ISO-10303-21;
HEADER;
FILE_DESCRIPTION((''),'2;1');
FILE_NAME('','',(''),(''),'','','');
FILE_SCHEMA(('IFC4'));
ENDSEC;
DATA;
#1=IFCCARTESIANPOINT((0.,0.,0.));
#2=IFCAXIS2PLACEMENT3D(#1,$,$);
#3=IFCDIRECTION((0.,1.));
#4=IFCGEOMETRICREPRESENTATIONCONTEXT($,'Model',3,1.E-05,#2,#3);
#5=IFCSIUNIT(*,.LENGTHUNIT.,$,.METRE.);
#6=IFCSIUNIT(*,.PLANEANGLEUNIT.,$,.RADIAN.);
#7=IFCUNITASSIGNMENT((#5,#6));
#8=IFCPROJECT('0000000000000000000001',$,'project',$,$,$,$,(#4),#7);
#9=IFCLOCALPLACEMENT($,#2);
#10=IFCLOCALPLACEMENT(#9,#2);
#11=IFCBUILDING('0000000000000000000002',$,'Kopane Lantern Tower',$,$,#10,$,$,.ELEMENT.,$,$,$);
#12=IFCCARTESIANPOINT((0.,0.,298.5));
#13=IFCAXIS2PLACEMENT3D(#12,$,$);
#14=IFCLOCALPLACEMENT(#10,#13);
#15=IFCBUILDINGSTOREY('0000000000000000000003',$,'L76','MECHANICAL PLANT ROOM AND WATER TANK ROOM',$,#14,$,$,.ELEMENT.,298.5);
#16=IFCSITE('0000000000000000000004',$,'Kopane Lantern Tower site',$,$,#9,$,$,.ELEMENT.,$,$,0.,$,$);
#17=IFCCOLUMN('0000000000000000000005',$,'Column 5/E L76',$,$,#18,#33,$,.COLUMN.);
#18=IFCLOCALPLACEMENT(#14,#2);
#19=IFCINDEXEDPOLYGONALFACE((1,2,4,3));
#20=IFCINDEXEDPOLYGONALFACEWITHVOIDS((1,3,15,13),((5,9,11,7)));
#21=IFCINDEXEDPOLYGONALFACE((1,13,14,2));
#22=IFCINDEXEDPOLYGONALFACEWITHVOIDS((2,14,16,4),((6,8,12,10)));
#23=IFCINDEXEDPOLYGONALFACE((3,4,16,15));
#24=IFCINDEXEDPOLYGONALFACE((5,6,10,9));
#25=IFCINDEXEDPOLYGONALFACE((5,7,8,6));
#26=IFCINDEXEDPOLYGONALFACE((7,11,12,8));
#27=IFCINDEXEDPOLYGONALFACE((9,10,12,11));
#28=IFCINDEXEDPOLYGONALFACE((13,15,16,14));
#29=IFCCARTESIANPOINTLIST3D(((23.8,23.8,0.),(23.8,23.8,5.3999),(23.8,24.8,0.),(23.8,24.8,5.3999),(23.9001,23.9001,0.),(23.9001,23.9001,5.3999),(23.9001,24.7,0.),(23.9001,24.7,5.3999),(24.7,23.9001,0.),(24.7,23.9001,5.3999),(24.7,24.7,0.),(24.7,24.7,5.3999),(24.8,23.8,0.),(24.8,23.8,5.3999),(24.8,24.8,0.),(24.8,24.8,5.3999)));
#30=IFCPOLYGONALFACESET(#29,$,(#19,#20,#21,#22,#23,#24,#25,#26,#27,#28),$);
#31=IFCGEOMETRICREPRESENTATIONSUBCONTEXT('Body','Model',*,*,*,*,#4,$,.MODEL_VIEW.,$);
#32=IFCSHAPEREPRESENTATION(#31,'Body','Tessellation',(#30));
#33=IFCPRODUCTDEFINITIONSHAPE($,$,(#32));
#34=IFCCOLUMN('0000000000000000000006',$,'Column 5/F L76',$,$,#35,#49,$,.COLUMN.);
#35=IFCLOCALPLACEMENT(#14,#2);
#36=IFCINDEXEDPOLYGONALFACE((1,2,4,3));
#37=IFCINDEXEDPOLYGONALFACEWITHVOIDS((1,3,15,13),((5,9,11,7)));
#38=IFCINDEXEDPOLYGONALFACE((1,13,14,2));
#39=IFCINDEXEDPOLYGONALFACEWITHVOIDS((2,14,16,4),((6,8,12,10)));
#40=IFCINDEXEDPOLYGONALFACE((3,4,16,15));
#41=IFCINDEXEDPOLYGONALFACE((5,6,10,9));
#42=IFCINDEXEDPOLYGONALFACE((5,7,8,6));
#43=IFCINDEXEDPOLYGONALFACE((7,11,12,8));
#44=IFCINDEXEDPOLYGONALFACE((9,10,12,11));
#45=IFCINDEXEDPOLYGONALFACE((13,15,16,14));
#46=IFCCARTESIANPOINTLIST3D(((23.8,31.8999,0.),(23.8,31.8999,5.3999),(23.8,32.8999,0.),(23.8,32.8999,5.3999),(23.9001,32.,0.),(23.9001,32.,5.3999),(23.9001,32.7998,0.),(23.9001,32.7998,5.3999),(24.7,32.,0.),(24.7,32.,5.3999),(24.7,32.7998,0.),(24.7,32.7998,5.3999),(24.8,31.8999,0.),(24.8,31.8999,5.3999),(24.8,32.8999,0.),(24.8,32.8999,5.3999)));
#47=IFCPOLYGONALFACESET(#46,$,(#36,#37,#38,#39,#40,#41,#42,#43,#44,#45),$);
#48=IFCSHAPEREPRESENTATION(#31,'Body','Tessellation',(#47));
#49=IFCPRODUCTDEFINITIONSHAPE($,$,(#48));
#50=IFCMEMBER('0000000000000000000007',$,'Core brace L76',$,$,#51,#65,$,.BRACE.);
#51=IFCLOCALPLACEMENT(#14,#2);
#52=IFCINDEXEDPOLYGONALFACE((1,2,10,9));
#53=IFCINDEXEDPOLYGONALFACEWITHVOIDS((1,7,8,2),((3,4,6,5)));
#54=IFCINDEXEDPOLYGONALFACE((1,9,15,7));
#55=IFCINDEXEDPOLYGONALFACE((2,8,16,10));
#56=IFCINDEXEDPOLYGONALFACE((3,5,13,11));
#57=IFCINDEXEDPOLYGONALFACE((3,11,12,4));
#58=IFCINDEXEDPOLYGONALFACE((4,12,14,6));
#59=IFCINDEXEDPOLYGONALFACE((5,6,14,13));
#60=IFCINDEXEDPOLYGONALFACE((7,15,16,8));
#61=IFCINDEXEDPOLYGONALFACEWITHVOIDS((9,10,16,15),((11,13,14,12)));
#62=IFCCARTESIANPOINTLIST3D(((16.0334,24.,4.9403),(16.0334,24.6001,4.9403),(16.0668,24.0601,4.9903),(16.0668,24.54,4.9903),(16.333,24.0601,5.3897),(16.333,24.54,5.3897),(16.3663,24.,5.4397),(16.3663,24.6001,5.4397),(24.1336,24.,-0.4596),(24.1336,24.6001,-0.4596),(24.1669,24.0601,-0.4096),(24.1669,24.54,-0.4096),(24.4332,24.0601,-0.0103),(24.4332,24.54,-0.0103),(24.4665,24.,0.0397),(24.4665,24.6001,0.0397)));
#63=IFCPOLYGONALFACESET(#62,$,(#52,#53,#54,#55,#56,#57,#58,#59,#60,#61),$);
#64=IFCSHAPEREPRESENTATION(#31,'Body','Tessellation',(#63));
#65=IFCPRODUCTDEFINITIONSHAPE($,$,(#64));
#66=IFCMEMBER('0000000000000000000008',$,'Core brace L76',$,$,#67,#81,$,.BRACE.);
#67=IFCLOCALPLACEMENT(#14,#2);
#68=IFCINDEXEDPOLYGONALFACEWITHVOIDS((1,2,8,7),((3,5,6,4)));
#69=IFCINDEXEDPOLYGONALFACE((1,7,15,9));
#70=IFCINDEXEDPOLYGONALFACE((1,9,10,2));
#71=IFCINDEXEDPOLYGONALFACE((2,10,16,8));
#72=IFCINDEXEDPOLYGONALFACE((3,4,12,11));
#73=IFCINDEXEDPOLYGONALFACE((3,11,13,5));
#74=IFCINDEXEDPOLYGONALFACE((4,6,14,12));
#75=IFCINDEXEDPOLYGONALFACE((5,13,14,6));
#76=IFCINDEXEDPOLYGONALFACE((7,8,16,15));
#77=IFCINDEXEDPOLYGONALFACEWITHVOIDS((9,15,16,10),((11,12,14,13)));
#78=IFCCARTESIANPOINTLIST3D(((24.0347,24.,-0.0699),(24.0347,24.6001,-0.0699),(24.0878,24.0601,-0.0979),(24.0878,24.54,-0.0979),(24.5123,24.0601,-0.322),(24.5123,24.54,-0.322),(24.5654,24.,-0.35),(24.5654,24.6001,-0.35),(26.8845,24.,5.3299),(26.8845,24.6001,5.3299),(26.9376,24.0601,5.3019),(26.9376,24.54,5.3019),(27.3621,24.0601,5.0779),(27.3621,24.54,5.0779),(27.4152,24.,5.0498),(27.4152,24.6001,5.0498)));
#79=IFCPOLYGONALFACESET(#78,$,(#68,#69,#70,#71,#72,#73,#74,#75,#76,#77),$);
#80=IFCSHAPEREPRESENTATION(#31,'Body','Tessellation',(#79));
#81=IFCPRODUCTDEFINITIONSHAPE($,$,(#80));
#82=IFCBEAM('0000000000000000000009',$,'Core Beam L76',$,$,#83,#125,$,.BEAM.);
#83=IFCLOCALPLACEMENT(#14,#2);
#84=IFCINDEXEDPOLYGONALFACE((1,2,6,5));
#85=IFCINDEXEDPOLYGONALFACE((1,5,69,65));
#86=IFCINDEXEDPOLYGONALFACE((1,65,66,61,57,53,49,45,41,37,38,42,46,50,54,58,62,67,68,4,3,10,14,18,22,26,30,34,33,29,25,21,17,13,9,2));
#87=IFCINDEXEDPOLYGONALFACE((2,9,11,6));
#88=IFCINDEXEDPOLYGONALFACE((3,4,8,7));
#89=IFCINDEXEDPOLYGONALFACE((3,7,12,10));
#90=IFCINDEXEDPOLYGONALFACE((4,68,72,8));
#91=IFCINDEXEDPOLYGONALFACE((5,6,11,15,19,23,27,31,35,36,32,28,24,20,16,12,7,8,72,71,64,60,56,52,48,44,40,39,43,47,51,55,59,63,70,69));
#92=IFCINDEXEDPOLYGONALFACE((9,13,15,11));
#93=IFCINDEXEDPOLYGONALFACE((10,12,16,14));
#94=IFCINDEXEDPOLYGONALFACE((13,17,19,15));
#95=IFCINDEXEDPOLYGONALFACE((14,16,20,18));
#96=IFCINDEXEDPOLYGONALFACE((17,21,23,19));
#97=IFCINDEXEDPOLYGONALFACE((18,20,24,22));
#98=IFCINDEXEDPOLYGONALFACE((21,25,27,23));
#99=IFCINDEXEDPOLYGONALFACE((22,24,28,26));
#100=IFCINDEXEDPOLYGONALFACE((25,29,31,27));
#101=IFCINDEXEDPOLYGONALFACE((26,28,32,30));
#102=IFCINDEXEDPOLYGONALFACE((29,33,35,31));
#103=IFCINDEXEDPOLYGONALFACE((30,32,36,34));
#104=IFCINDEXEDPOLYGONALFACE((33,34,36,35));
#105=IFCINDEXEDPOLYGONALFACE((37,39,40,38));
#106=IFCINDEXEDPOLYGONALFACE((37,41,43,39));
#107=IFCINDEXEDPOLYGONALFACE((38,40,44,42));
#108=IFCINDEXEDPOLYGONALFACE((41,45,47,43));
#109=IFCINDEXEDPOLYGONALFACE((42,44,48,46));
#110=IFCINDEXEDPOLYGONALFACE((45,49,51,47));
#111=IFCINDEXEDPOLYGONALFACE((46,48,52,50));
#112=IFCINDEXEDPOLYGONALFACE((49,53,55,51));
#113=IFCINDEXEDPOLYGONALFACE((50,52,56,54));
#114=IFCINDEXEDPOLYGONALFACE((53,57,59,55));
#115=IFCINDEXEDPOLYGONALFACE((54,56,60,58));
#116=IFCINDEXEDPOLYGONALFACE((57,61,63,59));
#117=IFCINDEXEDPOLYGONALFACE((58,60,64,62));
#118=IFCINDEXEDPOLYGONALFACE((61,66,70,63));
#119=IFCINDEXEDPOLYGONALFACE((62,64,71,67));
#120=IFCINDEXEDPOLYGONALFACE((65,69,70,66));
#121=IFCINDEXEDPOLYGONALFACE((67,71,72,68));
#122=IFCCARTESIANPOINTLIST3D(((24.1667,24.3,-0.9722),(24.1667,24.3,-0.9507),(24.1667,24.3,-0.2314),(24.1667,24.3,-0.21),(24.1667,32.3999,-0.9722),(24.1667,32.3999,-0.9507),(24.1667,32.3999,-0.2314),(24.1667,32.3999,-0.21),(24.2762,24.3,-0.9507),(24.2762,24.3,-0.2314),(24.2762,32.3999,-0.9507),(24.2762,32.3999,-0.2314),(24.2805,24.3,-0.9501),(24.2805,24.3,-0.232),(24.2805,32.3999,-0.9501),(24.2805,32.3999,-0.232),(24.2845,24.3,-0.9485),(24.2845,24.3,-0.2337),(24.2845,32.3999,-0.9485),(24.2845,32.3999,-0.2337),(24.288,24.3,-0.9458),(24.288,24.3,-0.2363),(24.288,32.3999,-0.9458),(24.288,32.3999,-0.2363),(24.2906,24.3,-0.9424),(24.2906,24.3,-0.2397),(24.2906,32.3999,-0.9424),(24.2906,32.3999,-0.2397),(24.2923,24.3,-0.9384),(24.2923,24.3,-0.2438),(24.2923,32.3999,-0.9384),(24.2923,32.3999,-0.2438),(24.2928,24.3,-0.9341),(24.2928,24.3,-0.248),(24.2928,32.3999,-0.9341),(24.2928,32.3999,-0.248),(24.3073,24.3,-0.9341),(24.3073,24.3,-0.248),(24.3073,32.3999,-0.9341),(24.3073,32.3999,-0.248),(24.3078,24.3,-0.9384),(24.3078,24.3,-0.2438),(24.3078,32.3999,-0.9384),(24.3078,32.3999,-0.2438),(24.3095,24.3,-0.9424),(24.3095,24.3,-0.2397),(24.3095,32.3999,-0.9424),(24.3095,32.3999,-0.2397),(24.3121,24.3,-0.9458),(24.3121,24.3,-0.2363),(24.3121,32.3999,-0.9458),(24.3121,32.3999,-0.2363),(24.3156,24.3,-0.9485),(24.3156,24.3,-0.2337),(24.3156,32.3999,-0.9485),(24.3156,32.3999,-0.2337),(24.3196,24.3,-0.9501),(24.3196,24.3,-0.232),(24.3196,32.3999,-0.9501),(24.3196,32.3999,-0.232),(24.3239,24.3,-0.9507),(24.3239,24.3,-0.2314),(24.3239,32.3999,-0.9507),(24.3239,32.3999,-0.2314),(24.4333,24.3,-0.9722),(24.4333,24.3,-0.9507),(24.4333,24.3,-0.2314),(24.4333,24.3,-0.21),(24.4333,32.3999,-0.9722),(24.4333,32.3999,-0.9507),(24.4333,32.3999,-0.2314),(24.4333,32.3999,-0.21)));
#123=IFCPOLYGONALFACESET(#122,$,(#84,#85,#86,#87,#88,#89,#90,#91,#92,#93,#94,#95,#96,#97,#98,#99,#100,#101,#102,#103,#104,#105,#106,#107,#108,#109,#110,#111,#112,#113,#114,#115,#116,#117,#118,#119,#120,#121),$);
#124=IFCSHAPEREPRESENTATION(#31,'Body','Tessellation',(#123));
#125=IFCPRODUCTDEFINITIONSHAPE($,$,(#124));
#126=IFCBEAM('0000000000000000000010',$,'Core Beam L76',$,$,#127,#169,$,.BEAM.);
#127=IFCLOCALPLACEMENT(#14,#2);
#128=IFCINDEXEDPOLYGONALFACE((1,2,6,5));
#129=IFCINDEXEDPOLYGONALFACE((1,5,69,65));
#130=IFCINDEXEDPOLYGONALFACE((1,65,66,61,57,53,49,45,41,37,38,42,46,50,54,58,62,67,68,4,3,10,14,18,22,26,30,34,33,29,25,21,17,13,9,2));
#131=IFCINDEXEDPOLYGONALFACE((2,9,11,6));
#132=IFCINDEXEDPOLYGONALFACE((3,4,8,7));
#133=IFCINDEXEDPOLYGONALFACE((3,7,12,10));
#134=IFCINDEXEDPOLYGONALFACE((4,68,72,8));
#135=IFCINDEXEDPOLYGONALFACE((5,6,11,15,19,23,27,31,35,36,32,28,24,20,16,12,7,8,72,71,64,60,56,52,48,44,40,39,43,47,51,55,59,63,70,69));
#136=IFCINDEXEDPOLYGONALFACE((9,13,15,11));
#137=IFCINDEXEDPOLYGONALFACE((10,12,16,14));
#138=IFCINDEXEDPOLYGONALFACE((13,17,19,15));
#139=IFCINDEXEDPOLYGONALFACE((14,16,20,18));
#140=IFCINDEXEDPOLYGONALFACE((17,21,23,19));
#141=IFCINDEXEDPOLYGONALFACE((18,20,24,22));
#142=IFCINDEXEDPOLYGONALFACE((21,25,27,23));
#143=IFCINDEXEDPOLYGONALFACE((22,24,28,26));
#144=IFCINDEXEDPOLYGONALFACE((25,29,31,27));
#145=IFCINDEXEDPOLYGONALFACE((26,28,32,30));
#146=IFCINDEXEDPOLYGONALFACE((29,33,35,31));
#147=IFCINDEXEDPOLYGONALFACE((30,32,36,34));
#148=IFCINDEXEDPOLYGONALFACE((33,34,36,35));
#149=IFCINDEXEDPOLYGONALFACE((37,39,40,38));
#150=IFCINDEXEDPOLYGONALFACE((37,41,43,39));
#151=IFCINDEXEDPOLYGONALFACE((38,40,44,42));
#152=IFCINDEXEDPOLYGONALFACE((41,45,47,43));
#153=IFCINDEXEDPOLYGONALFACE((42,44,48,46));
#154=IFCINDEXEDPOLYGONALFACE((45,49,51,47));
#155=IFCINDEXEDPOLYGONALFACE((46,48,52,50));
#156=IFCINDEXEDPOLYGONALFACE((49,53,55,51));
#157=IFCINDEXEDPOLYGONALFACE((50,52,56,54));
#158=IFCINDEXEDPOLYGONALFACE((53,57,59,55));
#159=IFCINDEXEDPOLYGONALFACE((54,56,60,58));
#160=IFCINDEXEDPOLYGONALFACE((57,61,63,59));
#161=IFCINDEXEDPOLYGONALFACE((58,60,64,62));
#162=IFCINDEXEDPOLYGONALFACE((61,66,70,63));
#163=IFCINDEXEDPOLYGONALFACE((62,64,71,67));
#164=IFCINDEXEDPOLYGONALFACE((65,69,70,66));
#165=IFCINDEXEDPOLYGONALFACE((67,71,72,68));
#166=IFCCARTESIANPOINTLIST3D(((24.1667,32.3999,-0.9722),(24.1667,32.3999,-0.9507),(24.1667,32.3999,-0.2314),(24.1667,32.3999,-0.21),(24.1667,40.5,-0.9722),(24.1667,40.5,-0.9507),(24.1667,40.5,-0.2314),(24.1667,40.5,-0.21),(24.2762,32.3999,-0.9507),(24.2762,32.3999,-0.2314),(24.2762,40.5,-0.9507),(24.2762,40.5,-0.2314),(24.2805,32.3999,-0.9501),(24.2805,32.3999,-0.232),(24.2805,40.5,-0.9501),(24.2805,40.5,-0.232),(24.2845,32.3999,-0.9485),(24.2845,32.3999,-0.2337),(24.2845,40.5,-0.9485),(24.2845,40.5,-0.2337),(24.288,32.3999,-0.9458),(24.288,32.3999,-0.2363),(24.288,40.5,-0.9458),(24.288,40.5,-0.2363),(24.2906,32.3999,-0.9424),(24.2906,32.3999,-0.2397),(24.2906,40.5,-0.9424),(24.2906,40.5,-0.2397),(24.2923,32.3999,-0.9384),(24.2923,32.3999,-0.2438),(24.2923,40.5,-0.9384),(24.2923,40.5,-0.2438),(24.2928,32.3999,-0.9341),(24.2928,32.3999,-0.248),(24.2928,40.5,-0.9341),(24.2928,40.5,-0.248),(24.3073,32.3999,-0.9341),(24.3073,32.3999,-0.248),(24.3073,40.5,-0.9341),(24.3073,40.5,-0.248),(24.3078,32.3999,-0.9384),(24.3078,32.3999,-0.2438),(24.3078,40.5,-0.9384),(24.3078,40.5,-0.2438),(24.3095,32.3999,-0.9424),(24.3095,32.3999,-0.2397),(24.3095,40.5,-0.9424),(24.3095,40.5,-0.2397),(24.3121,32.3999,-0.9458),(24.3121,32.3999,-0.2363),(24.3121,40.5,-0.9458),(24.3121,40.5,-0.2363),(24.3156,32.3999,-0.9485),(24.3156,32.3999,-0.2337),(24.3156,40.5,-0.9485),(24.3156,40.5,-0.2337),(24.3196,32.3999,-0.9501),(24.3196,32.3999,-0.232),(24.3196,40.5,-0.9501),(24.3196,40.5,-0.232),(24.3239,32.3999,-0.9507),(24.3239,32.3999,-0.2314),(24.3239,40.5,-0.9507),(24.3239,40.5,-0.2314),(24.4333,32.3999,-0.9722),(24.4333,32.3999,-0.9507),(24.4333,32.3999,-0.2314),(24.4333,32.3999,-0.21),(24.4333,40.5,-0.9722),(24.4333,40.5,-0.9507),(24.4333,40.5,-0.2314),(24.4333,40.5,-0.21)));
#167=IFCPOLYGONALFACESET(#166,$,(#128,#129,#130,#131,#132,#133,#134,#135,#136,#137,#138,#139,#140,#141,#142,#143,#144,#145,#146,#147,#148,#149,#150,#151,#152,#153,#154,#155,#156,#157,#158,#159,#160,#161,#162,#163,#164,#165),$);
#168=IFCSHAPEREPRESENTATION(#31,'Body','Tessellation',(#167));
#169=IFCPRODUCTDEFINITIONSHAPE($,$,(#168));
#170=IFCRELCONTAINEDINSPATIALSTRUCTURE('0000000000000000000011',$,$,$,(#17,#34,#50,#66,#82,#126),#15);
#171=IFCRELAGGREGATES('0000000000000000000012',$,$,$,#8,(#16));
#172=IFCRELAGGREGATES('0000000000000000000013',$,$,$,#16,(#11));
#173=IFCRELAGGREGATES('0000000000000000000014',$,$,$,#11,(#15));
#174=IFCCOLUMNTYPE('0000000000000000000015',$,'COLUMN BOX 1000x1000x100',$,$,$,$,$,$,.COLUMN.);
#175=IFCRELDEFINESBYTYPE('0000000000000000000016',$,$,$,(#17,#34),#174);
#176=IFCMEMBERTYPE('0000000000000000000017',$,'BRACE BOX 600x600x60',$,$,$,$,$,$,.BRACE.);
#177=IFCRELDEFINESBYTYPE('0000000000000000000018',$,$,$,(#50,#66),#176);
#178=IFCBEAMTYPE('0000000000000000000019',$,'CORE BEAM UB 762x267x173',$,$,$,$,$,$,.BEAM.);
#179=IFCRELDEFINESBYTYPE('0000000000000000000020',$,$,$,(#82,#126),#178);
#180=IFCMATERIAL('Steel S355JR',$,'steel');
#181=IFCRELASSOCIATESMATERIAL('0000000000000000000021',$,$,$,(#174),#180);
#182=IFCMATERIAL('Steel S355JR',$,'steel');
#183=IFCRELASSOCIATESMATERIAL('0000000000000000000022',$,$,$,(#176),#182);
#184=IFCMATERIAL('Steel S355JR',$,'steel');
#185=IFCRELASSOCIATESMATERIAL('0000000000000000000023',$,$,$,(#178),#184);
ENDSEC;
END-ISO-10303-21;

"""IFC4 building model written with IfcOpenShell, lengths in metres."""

from ifc_helpers import new_model, si_unit, direction, frame, origin, origin_2d, place, context, subcontext, project, spatial, hollow_rectangle, i_section, extrude, material, material_profile, profile_set, type_object, element, save


model = new_model("IFC4")

# Units and contexts
model_context = context("Model", 3, precision=1e-05, world=origin(), true_north=direction((0.0, 1.0)))
body_context = subcontext(model_context, "Body", "Model", "MODEL_VIEW")
ifc_project = project(units=[si_unit("LENGTHUNIT", "METRE"), si_unit("PLANEANGLEUNIT", "RADIAN")], contexts=[model_context])

# Site, building, storey
site_placement = place(None, origin())
site = spatial("IfcSite", under=ifc_project, at=site_placement, Name="Kopane Lantern Tower site", CompositionType="ELEMENT", RefElevation=0.0)
building_placement = place(site_placement, origin())
building = spatial("IfcBuilding", under=site, at=building_placement, Name="Kopane Lantern Tower", CompositionType="ELEMENT")
storey_placement = place(building_placement, frame((0.0, 0.0, 298.5)))
storey = spatial("IfcBuildingStorey", under=building, at=storey_placement, Name="L76", Description="MECHANICAL PLANT ROOM AND WATER TANK ROOM", CompositionType="ELEMENT", Elevation=298.5)

# Columns
ifc_material_1 = material(Name="Steel S355JR", Category="steel")
ifc_material_profile_1 = material_profile(ifc_material_1, hollow_rectangle(XDim=1.0, YDim=1.0, WallThickness=0.1001, at=origin_2d()), Name="BOX 1000x1000x100")
ifc_profile_set_1 = profile_set([ifc_material_profile_1], Name="Steel S355JR")
column_type = type_object("IfcColumnType", Name="COLUMN BOX 1000x1000x100", PredefinedType="COLUMN", material=ifc_profile_set_1)
for number, where, z_axis, x_axis, name in (
    (1, (24.3, 24.3, 0.0), (0.0, 0.0, 1.0), (1.0, 0.0, 0.0), "Column 5/E L76"),
    (2, (24.3, 32.3999, 0.0), (0.0, 0.0, 1.0), (1.0, 0.0, 0.0), "Column 5/F L76"),
):
    element("IfcColumn", number, at=place(storey_placement, frame(where, z_axis=z_axis, x_axis=x_axis)), inside=storey, type_object=column_type, Name=name, PredefinedType="COLUMN", context=body_context, shape_type="SweptSolid", body=[
        extrude(hollow_rectangle(XDim=1.0, YDim=1.0, WallThickness=0.1001, at=origin_2d()), origin(), (0.0, 0.0, 1.0), 5.3999),
    ])

# Members
ifc_material_2 = material(Name="Steel S355JR", Category="steel")
ifc_material_profile_2 = material_profile(ifc_material_2, hollow_rectangle(XDim=0.6001, YDim=0.6001, WallThickness=0.0601, at=origin_2d()), Name="BOX 600x600x60")
ifc_profile_set_2 = profile_set([ifc_material_profile_2], Name="Steel S355JR")
member_type = type_object("IfcMemberType", Name="BRACE BOX 600x600x60", PredefinedType="BRACE", material=ifc_profile_set_2)
member_1_placement = place(storey_placement, frame((24.3, 24.3, -0.21), z_axis=(-0.832058, 0.0, 0.554689), x_axis=(0.0, -1.0, 0.0)))
element("IfcMember", 3, at=member_1_placement, inside=storey, type_object=member_type, Name="Core brace L76", PredefinedType="BRACE", context=body_context, shape_type="SweptSolid", body=[
    extrude(hollow_rectangle(XDim=0.6001, YDim=0.6001, WallThickness=0.0601, at=origin_2d()), origin(), (0.0, 0.0, 1.0), 9.7351),
])
member_2_placement = place(storey_placement, frame((24.3, 24.3, -0.21), z_axis=(0.466746, 0.0, 0.884391), x_axis=(0.0, 1.0, 0.0)))
element("IfcMember", 4, at=member_2_placement, inside=storey, type_object=member_type, Name="Core brace L76", PredefinedType="BRACE", context=body_context, shape_type="SweptSolid", body=[
    extrude(hollow_rectangle(XDim=0.6001, YDim=0.6001, WallThickness=0.0601, at=origin_2d()), origin(), (0.0, 0.0, 1.0), 6.1057),
])

# Beams
ifc_material_3 = material(Name="Steel S355JR", Category="steel")
ifc_material_profile_3 = material_profile(ifc_material_3, i_section(OverallWidth=0.2666, OverallDepth=0.7622, WebThickness=0.0144, FlangeThickness=0.0215, FilletRadius=0.0166, at=origin_2d()), Name="UB 762x267x173")
ifc_profile_set_3 = profile_set([ifc_material_profile_3], Name="Steel S355JR")
beam_type_1 = type_object("IfcBeamType", Name="CORE BEAM UB 762x267x173", PredefinedType="BEAM", material=ifc_profile_set_3)
beam_1_placement = place(storey_placement, frame((24.3, 24.3, -0.5911), z_axis=(0.0, 1.0, 0.0), x_axis=(-1.0, 0.0, 0.0)))
element("IfcBeam", 5, at=beam_1_placement, inside=storey, type_object=beam_type_1, Name="Core Beam L76", PredefinedType="BEAM", context=body_context, shape_type="SweptSolid", body=[
    extrude(i_section(OverallWidth=0.2666, OverallDepth=0.7622, WebThickness=0.0144, FlangeThickness=0.0215, FilletRadius=0.0166, at=origin_2d()), origin(), (0.0, 0.0, 1.0), 8.0999),
])
beam_2_placement = place(storey_placement, frame((24.3, 32.3999, -0.5911), z_axis=(0.0, 1.0, 0.0), x_axis=(-1.0, 0.0, 0.0)))
element("IfcBeam", 6, at=beam_2_placement, inside=storey, type_object=beam_type_1, Name="Core Beam L76", PredefinedType="BEAM", context=body_context, shape_type="SweptSolid", body=[
    extrude(i_section(OverallWidth=0.2666, OverallDepth=0.7622, WebThickness=0.0144, FlangeThickness=0.0215, FilletRadius=0.0166, at=origin_2d()), origin(), (0.0, 0.0, 1.0), 8.1001),
])

save(model, "model.ifc")
